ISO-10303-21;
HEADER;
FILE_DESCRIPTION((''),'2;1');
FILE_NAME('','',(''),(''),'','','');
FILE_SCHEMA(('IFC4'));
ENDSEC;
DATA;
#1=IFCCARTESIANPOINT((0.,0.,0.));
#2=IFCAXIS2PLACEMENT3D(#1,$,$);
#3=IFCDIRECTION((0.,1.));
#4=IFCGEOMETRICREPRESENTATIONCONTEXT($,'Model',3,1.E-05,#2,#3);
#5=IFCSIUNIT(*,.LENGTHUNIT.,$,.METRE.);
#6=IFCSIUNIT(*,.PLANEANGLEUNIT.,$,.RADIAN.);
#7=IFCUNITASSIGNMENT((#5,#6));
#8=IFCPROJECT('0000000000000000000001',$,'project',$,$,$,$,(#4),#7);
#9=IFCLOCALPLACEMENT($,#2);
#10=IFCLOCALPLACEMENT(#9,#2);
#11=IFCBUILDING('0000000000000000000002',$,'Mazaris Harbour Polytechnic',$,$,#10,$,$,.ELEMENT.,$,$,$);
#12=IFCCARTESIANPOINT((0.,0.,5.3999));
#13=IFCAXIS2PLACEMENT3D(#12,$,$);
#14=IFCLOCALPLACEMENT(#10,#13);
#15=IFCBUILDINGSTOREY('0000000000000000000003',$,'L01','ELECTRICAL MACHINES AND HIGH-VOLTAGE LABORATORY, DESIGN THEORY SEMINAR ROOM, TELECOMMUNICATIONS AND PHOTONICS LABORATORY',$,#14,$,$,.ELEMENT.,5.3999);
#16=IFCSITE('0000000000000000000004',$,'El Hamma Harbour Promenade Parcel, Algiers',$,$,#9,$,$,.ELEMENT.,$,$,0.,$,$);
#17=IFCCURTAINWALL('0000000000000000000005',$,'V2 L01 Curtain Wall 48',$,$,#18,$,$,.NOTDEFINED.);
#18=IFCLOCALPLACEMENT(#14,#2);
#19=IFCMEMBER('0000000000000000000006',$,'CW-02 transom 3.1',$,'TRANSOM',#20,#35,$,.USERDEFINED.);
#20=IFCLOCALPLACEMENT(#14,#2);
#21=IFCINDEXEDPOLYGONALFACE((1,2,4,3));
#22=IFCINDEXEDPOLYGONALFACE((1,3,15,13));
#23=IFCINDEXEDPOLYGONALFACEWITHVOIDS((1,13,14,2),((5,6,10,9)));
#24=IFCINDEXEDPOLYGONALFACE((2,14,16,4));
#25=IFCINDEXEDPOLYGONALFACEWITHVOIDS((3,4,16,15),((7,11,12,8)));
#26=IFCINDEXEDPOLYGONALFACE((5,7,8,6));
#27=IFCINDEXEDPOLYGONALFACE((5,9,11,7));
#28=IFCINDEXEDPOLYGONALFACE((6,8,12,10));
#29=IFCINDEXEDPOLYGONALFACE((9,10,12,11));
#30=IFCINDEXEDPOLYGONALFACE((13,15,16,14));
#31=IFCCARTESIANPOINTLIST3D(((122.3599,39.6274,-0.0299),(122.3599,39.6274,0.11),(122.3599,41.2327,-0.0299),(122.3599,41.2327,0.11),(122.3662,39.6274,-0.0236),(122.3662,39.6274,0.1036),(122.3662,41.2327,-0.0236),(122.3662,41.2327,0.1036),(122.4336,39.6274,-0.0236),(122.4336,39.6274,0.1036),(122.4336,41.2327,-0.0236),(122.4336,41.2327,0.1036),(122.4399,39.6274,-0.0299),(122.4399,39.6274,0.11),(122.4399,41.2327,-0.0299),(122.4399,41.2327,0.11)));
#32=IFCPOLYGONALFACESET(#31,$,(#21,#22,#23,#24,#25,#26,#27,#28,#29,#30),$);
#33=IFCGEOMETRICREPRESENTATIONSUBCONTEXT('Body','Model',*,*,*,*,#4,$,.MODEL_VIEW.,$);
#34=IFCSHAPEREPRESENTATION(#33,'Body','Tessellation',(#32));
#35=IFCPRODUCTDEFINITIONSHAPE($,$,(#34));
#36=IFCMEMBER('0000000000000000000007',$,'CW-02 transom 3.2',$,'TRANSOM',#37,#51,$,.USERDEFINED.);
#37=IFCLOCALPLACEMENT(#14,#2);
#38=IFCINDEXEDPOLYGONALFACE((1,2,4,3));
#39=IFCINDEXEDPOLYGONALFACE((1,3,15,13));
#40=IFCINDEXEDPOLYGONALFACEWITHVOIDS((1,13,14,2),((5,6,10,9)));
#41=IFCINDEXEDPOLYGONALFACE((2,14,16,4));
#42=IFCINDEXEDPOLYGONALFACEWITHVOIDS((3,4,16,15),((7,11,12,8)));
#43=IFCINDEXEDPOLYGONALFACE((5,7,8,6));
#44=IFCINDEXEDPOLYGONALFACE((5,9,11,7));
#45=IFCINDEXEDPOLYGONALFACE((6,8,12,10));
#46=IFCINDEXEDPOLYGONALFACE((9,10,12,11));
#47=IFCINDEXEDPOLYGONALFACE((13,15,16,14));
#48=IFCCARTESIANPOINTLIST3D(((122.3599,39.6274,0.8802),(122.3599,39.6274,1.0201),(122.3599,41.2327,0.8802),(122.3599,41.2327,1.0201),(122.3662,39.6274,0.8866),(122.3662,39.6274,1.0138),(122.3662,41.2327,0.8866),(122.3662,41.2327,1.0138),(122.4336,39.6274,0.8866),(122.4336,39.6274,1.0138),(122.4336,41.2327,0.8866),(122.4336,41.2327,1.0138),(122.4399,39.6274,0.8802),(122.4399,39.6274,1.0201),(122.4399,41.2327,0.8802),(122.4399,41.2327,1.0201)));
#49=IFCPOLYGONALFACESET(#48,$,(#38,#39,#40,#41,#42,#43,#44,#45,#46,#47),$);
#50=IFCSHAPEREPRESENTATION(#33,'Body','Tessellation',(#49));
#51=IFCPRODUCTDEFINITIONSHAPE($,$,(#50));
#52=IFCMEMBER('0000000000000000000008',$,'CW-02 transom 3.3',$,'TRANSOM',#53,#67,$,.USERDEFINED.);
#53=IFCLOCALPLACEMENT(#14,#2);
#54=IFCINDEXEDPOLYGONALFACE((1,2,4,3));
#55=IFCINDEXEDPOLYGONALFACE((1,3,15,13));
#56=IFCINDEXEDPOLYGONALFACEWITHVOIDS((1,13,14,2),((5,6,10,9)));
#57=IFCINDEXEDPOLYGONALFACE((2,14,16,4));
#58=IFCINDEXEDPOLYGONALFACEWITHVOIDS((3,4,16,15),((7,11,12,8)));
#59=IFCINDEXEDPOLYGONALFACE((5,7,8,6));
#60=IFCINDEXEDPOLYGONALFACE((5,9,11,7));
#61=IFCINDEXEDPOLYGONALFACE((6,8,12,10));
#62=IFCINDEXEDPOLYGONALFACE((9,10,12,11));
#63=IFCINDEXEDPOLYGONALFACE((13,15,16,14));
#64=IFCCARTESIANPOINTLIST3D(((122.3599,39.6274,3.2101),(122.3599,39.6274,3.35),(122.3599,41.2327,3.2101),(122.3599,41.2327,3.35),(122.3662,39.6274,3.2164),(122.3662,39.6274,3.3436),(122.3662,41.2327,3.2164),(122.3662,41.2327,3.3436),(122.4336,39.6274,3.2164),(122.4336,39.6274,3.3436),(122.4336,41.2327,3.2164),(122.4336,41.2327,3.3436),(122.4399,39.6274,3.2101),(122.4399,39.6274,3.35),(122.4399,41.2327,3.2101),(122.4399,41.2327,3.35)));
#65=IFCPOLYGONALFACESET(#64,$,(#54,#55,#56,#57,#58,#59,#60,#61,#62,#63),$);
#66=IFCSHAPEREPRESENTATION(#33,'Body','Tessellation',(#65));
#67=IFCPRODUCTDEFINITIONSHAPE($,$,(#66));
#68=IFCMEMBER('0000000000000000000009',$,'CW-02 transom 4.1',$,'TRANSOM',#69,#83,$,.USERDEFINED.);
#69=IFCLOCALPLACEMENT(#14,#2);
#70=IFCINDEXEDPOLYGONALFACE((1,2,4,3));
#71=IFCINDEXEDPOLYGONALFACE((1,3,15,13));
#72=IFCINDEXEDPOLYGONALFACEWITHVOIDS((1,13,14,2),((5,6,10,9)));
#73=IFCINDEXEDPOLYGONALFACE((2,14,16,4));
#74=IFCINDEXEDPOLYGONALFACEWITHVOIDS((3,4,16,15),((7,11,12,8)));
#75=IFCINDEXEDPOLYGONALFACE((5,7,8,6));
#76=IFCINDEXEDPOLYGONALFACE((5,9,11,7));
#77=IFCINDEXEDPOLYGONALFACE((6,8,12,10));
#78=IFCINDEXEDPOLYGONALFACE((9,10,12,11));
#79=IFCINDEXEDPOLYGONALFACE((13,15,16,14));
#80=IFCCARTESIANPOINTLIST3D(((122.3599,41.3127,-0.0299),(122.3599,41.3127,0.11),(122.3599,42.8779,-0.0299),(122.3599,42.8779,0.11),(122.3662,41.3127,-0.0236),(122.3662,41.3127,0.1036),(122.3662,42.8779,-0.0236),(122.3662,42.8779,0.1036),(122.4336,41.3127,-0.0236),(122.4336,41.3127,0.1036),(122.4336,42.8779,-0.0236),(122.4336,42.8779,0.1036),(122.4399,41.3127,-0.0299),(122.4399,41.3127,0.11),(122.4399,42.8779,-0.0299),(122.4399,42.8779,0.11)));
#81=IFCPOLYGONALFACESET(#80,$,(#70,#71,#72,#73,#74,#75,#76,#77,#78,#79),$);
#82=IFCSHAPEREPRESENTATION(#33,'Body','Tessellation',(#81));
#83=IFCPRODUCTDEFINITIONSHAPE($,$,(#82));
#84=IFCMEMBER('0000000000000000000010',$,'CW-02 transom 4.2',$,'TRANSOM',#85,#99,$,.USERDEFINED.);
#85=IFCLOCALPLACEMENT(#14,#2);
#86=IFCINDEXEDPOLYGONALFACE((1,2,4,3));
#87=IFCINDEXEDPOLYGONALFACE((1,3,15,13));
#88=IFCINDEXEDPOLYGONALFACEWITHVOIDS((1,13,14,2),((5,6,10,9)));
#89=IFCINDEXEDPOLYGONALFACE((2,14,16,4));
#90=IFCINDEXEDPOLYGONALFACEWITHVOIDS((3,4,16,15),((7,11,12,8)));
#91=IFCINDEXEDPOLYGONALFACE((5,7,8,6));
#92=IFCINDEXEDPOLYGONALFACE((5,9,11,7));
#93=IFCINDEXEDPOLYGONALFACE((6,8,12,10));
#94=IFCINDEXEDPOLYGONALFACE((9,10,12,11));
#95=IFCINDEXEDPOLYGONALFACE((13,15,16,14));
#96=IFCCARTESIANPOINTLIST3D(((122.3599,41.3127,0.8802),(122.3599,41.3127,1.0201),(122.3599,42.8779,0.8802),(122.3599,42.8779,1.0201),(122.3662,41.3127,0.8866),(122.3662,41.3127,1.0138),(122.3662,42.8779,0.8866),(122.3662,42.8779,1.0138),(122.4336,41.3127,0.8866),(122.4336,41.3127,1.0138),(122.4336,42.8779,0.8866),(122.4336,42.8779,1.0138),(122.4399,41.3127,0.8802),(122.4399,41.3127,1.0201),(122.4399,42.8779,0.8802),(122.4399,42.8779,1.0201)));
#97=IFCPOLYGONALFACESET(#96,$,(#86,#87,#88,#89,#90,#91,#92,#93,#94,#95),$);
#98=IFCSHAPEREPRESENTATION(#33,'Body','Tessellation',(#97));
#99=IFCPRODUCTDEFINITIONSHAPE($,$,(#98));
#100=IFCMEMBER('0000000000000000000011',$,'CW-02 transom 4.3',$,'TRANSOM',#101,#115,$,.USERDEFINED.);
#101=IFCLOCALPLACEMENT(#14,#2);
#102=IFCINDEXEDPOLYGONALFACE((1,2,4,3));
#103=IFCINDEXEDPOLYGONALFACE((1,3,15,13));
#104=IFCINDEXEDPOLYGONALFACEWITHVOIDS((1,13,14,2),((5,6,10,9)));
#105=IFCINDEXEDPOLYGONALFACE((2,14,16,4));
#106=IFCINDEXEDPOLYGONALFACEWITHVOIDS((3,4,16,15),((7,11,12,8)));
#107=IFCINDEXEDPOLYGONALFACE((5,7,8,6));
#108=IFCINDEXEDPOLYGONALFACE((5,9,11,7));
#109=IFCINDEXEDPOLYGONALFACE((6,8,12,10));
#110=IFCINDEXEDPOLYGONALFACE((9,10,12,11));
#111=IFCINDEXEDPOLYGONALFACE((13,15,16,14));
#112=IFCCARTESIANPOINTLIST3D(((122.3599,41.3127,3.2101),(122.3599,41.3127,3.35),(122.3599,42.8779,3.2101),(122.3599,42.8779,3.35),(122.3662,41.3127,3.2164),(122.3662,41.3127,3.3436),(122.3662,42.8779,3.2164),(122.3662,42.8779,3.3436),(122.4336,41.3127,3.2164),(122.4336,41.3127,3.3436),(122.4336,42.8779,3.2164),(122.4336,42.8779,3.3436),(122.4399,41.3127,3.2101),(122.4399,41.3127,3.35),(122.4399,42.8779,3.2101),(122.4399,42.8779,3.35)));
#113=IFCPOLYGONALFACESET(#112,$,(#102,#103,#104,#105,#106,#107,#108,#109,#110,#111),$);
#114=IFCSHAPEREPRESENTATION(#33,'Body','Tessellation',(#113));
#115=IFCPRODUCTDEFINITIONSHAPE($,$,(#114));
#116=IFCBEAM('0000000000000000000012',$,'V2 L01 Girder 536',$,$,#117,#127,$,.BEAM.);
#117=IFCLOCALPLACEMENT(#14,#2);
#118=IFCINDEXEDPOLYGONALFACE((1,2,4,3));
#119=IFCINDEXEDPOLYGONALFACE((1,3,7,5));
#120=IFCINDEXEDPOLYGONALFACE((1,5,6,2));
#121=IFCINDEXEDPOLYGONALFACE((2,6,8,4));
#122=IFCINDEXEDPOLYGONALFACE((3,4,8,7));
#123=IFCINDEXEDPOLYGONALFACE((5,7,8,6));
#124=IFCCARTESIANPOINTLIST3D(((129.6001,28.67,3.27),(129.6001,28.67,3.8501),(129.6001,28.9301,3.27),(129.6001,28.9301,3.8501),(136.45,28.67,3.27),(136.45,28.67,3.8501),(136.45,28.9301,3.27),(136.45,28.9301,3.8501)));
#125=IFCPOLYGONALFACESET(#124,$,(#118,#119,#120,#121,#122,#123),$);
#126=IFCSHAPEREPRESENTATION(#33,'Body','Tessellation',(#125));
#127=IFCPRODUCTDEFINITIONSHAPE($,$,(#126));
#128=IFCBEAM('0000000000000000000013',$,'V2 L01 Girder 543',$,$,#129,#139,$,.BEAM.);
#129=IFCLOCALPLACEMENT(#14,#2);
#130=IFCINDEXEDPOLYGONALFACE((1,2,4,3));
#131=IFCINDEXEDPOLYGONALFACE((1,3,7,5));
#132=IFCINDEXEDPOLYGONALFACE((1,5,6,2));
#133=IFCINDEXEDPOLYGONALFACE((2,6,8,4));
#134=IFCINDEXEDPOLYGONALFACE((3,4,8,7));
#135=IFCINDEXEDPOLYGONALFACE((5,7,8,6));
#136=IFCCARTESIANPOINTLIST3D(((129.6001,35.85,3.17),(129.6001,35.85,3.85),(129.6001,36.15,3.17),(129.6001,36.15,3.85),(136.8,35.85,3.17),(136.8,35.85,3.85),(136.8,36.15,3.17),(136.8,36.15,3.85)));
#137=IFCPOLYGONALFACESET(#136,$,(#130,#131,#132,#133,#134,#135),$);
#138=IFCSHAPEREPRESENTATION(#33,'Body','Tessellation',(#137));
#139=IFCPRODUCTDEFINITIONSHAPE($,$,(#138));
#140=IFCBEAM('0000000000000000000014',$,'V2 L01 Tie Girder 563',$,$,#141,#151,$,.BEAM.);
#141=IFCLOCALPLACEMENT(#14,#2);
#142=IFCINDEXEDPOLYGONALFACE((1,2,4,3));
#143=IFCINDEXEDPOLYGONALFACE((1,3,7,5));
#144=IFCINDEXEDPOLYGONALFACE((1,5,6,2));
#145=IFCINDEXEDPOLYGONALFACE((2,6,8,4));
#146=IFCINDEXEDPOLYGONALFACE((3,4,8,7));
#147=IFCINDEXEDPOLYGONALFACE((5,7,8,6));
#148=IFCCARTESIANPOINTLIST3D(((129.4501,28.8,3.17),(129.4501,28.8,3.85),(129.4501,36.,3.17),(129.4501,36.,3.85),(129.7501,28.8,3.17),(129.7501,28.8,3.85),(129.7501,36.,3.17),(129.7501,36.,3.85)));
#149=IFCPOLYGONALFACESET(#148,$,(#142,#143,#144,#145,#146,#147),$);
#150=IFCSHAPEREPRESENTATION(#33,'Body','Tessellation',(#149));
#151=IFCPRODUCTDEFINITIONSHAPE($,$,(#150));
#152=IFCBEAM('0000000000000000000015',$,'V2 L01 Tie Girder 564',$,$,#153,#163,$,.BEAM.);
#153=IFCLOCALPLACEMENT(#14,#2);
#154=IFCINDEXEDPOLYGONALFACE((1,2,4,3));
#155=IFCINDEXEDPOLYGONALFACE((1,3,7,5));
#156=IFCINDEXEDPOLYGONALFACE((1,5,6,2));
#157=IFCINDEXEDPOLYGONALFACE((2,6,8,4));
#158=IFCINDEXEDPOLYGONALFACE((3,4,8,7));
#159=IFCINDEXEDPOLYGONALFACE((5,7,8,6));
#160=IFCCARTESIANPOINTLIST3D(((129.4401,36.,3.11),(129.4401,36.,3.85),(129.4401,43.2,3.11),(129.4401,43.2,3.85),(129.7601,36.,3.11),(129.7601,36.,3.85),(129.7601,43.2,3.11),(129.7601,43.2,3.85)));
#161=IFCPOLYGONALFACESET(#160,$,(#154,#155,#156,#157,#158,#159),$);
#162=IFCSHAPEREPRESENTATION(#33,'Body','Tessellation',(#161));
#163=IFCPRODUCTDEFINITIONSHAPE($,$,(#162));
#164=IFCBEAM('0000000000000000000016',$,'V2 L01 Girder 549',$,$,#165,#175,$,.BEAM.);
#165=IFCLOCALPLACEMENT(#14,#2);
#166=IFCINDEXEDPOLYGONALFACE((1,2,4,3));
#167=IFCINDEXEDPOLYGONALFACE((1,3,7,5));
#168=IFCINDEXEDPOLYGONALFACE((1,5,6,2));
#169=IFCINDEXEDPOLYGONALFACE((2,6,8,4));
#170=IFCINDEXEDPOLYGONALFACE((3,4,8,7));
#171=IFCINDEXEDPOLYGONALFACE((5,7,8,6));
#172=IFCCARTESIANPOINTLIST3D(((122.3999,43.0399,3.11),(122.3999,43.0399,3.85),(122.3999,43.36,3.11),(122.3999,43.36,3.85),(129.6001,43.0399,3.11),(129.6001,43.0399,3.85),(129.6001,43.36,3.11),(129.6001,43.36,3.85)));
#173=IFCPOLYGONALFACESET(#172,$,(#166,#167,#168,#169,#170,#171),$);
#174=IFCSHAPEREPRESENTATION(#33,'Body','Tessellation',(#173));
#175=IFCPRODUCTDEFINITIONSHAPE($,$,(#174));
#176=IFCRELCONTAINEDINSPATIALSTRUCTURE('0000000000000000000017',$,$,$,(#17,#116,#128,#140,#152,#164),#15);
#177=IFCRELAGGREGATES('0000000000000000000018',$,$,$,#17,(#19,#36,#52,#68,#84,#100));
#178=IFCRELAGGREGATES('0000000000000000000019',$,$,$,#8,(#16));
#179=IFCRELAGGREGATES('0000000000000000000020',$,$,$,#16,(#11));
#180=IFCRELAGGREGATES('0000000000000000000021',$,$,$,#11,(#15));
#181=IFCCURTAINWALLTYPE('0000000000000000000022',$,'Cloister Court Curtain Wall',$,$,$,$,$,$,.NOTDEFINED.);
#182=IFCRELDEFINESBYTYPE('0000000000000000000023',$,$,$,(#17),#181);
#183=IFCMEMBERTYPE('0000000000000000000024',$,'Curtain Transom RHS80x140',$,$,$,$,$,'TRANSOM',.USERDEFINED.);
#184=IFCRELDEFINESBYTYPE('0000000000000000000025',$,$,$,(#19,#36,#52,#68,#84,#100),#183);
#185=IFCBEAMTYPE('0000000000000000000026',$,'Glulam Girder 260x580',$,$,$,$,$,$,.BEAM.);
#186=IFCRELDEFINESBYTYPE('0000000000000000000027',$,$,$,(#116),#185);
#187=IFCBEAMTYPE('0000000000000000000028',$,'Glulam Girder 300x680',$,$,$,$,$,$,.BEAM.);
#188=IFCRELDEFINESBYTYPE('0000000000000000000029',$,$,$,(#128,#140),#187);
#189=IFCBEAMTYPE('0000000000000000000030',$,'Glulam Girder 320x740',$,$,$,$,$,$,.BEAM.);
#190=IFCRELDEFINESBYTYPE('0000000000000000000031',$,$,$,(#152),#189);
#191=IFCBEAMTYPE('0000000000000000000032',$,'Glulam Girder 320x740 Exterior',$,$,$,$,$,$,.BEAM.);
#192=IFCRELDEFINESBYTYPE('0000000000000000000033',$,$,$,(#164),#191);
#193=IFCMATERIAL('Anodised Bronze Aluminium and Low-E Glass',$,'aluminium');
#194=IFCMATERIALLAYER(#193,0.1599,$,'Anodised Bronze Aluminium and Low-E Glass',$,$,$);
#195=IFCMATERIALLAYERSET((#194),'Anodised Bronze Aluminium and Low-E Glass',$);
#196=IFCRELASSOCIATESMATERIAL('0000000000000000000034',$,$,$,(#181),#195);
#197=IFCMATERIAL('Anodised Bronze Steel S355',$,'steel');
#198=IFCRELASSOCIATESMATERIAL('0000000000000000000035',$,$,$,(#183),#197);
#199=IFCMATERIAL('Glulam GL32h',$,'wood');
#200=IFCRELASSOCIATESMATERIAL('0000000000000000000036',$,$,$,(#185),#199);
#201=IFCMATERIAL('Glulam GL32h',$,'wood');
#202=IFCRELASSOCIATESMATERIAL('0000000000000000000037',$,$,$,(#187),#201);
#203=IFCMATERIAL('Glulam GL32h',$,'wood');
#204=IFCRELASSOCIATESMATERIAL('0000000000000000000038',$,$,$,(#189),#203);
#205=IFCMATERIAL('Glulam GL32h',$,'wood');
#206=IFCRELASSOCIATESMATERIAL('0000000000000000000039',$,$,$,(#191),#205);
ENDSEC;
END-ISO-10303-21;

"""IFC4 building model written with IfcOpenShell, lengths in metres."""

from ifc_helpers import new_model, si_unit, direction, frame, origin, origin_2d, place, context, subcontext, project, spatial, rectangle, hollow_rectangle, extrude, material, layer, layer_set, material_profile, profile_set, type_object, element, aggregate, save


model = new_model("IFC4")

# Units and contexts
model_context = context("Model", 3, precision=1e-05, world=origin(), true_north=direction((0.0, 1.0)))
body_context = subcontext(model_context, "Body", "Model", "MODEL_VIEW")
ifc_project = project(units=[si_unit("LENGTHUNIT", "METRE"), si_unit("PLANEANGLEUNIT", "RADIAN")], contexts=[model_context])

# Site, building, storey
site_placement = place(None, origin())
site = spatial("IfcSite", under=ifc_project, at=site_placement, Name="El Hamma Harbour Promenade Parcel, Algiers", CompositionType="ELEMENT", RefElevation=0.0)
building_placement = place(site_placement, origin())
building = spatial("IfcBuilding", under=site, at=building_placement, Name="Mazaris Harbour Polytechnic", CompositionType="ELEMENT")
storey_placement = place(building_placement, frame((0.0, 0.0, 5.3999)))
storey = spatial("IfcBuildingStorey", under=building, at=storey_placement, Name="L01", Description="ELECTRICAL MACHINES AND HIGH-VOLTAGE LABORATORY, DESIGN THEORY SEMINAR ROOM, TELECOMMUNICATIONS AND PHOTONICS LABORATORY", CompositionType="ELEMENT", Elevation=5.3999)

# Curtain wall
ifc_material_1 = material(Name="Anodised Bronze Aluminium and Low-E Glass", Category="aluminium")
ifc_layer_1 = layer(ifc_material_1, 0.1599, Name="Anodised Bronze Aluminium and Low-E Glass")
ifc_layer_set_1 = layer_set([ifc_layer_1], Name="Anodised Bronze Aluminium and Low-E Glass")
curtain_wall_type = type_object("IfcCurtainWallType", Name="Cloister Court Curtain Wall", PredefinedType="NOTDEFINED", material=ifc_layer_set_1)
curtain_wall_1_placement = place(storey_placement, origin())
curtain_wall_1 = element("IfcCurtainWall", 1, at=curtain_wall_1_placement, inside=storey, type_object=curtain_wall_type, Name="V2 L01 Curtain Wall 48", PredefinedType="NOTDEFINED")

# Members
ifc_material_2 = material(Name="Anodised Bronze Steel S355", Category="steel")
ifc_material_profile_1 = material_profile(ifc_material_2, hollow_rectangle(XDim=0.0801, YDim=0.1399, WallThickness=0.0063, at=origin_2d()), Name="RHS 80x140x6.3")
ifc_profile_set_1 = profile_set([ifc_material_profile_1], Name="Anodised Bronze Steel S355")
member_type_1 = type_object("IfcMemberType", Name="Curtain Transom RHS80x140", ElementType="TRANSOM", PredefinedType="USERDEFINED", material=ifc_profile_set_1)
member_1_placement = place(storey_placement, frame((122.3999, 39.6274, 0.04), z_axis=(0.0, 1.0, 0.0), x_axis=(-1.0, 0.0, 0.0)))
member_1 = element("IfcMember", 2, at=member_1_placement, type_object=member_type_1, Name="CW-02 transom 3.1", ObjectType="TRANSOM", PredefinedType="USERDEFINED", context=body_context, shape_type="SweptSolid", body=[
    extrude(hollow_rectangle(XDim=0.0801, YDim=0.1399, WallThickness=0.0063, at=origin_2d()), origin(), (0.0, 0.0, 1.0), 1.6052),
])
member_2_placement = place(storey_placement, frame((122.3999, 39.6274, 0.9502), z_axis=(0.0, 1.0, 0.0), x_axis=(-1.0, 0.0, 0.0)))
member_2 = element("IfcMember", 3, at=member_2_placement, type_object=member_type_1, Name="CW-02 transom 3.2", ObjectType="TRANSOM", PredefinedType="USERDEFINED", context=body_context, shape_type="SweptSolid", body=[
    extrude(hollow_rectangle(XDim=0.0801, YDim=0.1399, WallThickness=0.0063, at=origin_2d()), origin(), (0.0, 0.0, 1.0), 1.6052),
])
member_3_placement = place(storey_placement, frame((122.3999, 39.6274, 3.28), z_axis=(0.0, 1.0, 0.0), x_axis=(-1.0, 0.0, 0.0)))
member_3 = element("IfcMember", 4, at=member_3_placement, type_object=member_type_1, Name="CW-02 transom 3.3", ObjectType="TRANSOM", PredefinedType="USERDEFINED", context=body_context, shape_type="SweptSolid", body=[
    extrude(hollow_rectangle(XDim=0.0801, YDim=0.1399, WallThickness=0.0063, at=origin_2d()), origin(), (0.0, 0.0, 1.0), 1.6052),
])
member_4_placement = place(storey_placement, frame((122.3999, 41.3127, 0.04), z_axis=(0.0, 1.0, 0.0), x_axis=(-1.0, 0.0, 0.0)))
member_4 = element("IfcMember", 5, at=member_4_placement, type_object=member_type_1, Name="CW-02 transom 4.1", ObjectType="TRANSOM", PredefinedType="USERDEFINED", context=body_context, shape_type="SweptSolid", body=[
    extrude(hollow_rectangle(XDim=0.0801, YDim=0.1399, WallThickness=0.0063, at=origin_2d()), origin(), (0.0, 0.0, 1.0), 1.5652),
])
member_5_placement = place(storey_placement, frame((122.3999, 41.3127, 0.9502), z_axis=(0.0, 1.0, 0.0), x_axis=(-1.0, 0.0, 0.0)))
member_5 = element("IfcMember", 6, at=member_5_placement, type_object=member_type_1, Name="CW-02 transom 4.2", ObjectType="TRANSOM", PredefinedType="USERDEFINED", context=body_context, shape_type="SweptSolid", body=[
    extrude(hollow_rectangle(XDim=0.0801, YDim=0.1399, WallThickness=0.0063, at=origin_2d()), origin(), (0.0, 0.0, 1.0), 1.5652),
])
member_6_placement = place(storey_placement, frame((122.3999, 41.3127, 3.28), z_axis=(0.0, 1.0, 0.0), x_axis=(-1.0, 0.0, 0.0)))
member_6 = element("IfcMember", 7, at=member_6_placement, type_object=member_type_1, Name="CW-02 transom 4.3", ObjectType="TRANSOM", PredefinedType="USERDEFINED", context=body_context, shape_type="SweptSolid", body=[
    extrude(hollow_rectangle(XDim=0.0801, YDim=0.1399, WallThickness=0.0063, at=origin_2d()), origin(), (0.0, 0.0, 1.0), 1.5652),
])

# Beams
ifc_material_3 = material(Name="Glulam GL32h", Category="wood")
ifc_material_profile_2 = material_profile(ifc_material_3, rectangle(XDim=0.26, YDim=0.5801, at=origin_2d()), Name="RECT260x580")
ifc_profile_set_2 = profile_set([ifc_material_profile_2], Name="Glulam GL32h")
beam_type_1 = type_object("IfcBeamType", Name="Glulam Girder 260x580", PredefinedType="BEAM", material=ifc_profile_set_2)
beam_1_placement = place(storey_placement, frame((129.6001, 28.8, 3.5601), z_axis=(1.0, 0.0, 0.0), x_axis=(0.0, 1.0, 0.0)))
element("IfcBeam", 8, at=beam_1_placement, inside=storey, type_object=beam_type_1, Name="V2 L01 Girder 536", PredefinedType="BEAM", context=body_context, shape_type="SweptSolid", body=[
    extrude(rectangle(XDim=0.26, YDim=0.5801, at=origin_2d()), origin(), (0.0, 0.0, 1.0), 6.8499),
])
ifc_material_4 = material(Name="Glulam GL32h", Category="wood")
ifc_material_profile_3 = material_profile(ifc_material_4, rectangle(XDim=0.3, YDim=0.6799, at=origin_2d()), Name="RECT300x680")
ifc_profile_set_3 = profile_set([ifc_material_profile_3], Name="Glulam GL32h")
beam_type_2 = type_object("IfcBeamType", Name="Glulam Girder 300x680", PredefinedType="BEAM", material=ifc_profile_set_3)
for number, where, z_axis, x_axis, name in (
    (9, (129.6001, 36.0, 3.51), (1.0, 0.0, 0.0), (0.0, 1.0, 0.0), "V2 L01 Girder 543"),
    (10, (129.6001, 28.8, 3.51), (0.0, 1.0, 0.0), (-1.0, 0.0, 0.0), "V2 L01 Tie Girder 563"),
):
    element("IfcBeam", number, at=place(storey_placement, frame(where, z_axis=z_axis, x_axis=x_axis)), inside=storey, type_object=beam_type_2, Name=name, PredefinedType="BEAM", context=body_context, shape_type="SweptSolid", body=[
        extrude(rectangle(XDim=0.3, YDim=0.6799, at=origin_2d()), origin(), (0.0, 0.0, 1.0), 7.2),
    ])
ifc_material_5 = material(Name="Glulam GL32h", Category="wood")
ifc_material_profile_4 = material_profile(ifc_material_5, rectangle(XDim=0.3201, YDim=0.74, at=origin_2d()), Name="RECT320x740")
ifc_profile_set_4 = profile_set([ifc_material_profile_4], Name="Glulam GL32h")
beam_type_3 = type_object("IfcBeamType", Name="Glulam Girder 320x740", PredefinedType="BEAM", material=ifc_profile_set_4)
beam_2_placement = place(storey_placement, frame((129.6001, 36.0, 3.48), z_axis=(0.0, 1.0, 0.0), x_axis=(-1.0, 0.0, 0.0)))
element("IfcBeam", 11, at=beam_2_placement, inside=storey, type_object=beam_type_3, Name="V2 L01 Tie Girder 564", PredefinedType="BEAM", context=body_context, shape_type="SweptSolid", body=[
    extrude(rectangle(XDim=0.3201, YDim=0.74, at=origin_2d()), origin(), (0.0, 0.0, 1.0), 7.2),
])
ifc_material_6 = material(Name="Glulam GL32h", Category="wood")
ifc_material_profile_5 = material_profile(ifc_material_6, rectangle(XDim=0.3201, YDim=0.74, at=origin_2d()), Name="RECT320x740")
ifc_profile_set_5 = profile_set([ifc_material_profile_5], Name="Glulam GL32h")
beam_type_4 = type_object("IfcBeamType", Name="Glulam Girder 320x740 Exterior", PredefinedType="BEAM", material=ifc_profile_set_5)
beam_3_placement = place(storey_placement, frame((122.3999, 43.2, 3.48), z_axis=(1.0, 0.0, 0.0), x_axis=(0.0, 1.0, 0.0)))
element("IfcBeam", 12, at=beam_3_placement, inside=storey, type_object=beam_type_4, Name="V2 L01 Girder 549", PredefinedType="BEAM", context=body_context, shape_type="SweptSolid", body=[
    extrude(rectangle(XDim=0.3201, YDim=0.74, at=origin_2d()), origin(), (0.0, 0.0, 1.0), 7.2002),
])

aggregate(curtain_wall_1, [member_1, member_2, member_3, member_4, member_5, member_6])

save(model, "model.ifc")
